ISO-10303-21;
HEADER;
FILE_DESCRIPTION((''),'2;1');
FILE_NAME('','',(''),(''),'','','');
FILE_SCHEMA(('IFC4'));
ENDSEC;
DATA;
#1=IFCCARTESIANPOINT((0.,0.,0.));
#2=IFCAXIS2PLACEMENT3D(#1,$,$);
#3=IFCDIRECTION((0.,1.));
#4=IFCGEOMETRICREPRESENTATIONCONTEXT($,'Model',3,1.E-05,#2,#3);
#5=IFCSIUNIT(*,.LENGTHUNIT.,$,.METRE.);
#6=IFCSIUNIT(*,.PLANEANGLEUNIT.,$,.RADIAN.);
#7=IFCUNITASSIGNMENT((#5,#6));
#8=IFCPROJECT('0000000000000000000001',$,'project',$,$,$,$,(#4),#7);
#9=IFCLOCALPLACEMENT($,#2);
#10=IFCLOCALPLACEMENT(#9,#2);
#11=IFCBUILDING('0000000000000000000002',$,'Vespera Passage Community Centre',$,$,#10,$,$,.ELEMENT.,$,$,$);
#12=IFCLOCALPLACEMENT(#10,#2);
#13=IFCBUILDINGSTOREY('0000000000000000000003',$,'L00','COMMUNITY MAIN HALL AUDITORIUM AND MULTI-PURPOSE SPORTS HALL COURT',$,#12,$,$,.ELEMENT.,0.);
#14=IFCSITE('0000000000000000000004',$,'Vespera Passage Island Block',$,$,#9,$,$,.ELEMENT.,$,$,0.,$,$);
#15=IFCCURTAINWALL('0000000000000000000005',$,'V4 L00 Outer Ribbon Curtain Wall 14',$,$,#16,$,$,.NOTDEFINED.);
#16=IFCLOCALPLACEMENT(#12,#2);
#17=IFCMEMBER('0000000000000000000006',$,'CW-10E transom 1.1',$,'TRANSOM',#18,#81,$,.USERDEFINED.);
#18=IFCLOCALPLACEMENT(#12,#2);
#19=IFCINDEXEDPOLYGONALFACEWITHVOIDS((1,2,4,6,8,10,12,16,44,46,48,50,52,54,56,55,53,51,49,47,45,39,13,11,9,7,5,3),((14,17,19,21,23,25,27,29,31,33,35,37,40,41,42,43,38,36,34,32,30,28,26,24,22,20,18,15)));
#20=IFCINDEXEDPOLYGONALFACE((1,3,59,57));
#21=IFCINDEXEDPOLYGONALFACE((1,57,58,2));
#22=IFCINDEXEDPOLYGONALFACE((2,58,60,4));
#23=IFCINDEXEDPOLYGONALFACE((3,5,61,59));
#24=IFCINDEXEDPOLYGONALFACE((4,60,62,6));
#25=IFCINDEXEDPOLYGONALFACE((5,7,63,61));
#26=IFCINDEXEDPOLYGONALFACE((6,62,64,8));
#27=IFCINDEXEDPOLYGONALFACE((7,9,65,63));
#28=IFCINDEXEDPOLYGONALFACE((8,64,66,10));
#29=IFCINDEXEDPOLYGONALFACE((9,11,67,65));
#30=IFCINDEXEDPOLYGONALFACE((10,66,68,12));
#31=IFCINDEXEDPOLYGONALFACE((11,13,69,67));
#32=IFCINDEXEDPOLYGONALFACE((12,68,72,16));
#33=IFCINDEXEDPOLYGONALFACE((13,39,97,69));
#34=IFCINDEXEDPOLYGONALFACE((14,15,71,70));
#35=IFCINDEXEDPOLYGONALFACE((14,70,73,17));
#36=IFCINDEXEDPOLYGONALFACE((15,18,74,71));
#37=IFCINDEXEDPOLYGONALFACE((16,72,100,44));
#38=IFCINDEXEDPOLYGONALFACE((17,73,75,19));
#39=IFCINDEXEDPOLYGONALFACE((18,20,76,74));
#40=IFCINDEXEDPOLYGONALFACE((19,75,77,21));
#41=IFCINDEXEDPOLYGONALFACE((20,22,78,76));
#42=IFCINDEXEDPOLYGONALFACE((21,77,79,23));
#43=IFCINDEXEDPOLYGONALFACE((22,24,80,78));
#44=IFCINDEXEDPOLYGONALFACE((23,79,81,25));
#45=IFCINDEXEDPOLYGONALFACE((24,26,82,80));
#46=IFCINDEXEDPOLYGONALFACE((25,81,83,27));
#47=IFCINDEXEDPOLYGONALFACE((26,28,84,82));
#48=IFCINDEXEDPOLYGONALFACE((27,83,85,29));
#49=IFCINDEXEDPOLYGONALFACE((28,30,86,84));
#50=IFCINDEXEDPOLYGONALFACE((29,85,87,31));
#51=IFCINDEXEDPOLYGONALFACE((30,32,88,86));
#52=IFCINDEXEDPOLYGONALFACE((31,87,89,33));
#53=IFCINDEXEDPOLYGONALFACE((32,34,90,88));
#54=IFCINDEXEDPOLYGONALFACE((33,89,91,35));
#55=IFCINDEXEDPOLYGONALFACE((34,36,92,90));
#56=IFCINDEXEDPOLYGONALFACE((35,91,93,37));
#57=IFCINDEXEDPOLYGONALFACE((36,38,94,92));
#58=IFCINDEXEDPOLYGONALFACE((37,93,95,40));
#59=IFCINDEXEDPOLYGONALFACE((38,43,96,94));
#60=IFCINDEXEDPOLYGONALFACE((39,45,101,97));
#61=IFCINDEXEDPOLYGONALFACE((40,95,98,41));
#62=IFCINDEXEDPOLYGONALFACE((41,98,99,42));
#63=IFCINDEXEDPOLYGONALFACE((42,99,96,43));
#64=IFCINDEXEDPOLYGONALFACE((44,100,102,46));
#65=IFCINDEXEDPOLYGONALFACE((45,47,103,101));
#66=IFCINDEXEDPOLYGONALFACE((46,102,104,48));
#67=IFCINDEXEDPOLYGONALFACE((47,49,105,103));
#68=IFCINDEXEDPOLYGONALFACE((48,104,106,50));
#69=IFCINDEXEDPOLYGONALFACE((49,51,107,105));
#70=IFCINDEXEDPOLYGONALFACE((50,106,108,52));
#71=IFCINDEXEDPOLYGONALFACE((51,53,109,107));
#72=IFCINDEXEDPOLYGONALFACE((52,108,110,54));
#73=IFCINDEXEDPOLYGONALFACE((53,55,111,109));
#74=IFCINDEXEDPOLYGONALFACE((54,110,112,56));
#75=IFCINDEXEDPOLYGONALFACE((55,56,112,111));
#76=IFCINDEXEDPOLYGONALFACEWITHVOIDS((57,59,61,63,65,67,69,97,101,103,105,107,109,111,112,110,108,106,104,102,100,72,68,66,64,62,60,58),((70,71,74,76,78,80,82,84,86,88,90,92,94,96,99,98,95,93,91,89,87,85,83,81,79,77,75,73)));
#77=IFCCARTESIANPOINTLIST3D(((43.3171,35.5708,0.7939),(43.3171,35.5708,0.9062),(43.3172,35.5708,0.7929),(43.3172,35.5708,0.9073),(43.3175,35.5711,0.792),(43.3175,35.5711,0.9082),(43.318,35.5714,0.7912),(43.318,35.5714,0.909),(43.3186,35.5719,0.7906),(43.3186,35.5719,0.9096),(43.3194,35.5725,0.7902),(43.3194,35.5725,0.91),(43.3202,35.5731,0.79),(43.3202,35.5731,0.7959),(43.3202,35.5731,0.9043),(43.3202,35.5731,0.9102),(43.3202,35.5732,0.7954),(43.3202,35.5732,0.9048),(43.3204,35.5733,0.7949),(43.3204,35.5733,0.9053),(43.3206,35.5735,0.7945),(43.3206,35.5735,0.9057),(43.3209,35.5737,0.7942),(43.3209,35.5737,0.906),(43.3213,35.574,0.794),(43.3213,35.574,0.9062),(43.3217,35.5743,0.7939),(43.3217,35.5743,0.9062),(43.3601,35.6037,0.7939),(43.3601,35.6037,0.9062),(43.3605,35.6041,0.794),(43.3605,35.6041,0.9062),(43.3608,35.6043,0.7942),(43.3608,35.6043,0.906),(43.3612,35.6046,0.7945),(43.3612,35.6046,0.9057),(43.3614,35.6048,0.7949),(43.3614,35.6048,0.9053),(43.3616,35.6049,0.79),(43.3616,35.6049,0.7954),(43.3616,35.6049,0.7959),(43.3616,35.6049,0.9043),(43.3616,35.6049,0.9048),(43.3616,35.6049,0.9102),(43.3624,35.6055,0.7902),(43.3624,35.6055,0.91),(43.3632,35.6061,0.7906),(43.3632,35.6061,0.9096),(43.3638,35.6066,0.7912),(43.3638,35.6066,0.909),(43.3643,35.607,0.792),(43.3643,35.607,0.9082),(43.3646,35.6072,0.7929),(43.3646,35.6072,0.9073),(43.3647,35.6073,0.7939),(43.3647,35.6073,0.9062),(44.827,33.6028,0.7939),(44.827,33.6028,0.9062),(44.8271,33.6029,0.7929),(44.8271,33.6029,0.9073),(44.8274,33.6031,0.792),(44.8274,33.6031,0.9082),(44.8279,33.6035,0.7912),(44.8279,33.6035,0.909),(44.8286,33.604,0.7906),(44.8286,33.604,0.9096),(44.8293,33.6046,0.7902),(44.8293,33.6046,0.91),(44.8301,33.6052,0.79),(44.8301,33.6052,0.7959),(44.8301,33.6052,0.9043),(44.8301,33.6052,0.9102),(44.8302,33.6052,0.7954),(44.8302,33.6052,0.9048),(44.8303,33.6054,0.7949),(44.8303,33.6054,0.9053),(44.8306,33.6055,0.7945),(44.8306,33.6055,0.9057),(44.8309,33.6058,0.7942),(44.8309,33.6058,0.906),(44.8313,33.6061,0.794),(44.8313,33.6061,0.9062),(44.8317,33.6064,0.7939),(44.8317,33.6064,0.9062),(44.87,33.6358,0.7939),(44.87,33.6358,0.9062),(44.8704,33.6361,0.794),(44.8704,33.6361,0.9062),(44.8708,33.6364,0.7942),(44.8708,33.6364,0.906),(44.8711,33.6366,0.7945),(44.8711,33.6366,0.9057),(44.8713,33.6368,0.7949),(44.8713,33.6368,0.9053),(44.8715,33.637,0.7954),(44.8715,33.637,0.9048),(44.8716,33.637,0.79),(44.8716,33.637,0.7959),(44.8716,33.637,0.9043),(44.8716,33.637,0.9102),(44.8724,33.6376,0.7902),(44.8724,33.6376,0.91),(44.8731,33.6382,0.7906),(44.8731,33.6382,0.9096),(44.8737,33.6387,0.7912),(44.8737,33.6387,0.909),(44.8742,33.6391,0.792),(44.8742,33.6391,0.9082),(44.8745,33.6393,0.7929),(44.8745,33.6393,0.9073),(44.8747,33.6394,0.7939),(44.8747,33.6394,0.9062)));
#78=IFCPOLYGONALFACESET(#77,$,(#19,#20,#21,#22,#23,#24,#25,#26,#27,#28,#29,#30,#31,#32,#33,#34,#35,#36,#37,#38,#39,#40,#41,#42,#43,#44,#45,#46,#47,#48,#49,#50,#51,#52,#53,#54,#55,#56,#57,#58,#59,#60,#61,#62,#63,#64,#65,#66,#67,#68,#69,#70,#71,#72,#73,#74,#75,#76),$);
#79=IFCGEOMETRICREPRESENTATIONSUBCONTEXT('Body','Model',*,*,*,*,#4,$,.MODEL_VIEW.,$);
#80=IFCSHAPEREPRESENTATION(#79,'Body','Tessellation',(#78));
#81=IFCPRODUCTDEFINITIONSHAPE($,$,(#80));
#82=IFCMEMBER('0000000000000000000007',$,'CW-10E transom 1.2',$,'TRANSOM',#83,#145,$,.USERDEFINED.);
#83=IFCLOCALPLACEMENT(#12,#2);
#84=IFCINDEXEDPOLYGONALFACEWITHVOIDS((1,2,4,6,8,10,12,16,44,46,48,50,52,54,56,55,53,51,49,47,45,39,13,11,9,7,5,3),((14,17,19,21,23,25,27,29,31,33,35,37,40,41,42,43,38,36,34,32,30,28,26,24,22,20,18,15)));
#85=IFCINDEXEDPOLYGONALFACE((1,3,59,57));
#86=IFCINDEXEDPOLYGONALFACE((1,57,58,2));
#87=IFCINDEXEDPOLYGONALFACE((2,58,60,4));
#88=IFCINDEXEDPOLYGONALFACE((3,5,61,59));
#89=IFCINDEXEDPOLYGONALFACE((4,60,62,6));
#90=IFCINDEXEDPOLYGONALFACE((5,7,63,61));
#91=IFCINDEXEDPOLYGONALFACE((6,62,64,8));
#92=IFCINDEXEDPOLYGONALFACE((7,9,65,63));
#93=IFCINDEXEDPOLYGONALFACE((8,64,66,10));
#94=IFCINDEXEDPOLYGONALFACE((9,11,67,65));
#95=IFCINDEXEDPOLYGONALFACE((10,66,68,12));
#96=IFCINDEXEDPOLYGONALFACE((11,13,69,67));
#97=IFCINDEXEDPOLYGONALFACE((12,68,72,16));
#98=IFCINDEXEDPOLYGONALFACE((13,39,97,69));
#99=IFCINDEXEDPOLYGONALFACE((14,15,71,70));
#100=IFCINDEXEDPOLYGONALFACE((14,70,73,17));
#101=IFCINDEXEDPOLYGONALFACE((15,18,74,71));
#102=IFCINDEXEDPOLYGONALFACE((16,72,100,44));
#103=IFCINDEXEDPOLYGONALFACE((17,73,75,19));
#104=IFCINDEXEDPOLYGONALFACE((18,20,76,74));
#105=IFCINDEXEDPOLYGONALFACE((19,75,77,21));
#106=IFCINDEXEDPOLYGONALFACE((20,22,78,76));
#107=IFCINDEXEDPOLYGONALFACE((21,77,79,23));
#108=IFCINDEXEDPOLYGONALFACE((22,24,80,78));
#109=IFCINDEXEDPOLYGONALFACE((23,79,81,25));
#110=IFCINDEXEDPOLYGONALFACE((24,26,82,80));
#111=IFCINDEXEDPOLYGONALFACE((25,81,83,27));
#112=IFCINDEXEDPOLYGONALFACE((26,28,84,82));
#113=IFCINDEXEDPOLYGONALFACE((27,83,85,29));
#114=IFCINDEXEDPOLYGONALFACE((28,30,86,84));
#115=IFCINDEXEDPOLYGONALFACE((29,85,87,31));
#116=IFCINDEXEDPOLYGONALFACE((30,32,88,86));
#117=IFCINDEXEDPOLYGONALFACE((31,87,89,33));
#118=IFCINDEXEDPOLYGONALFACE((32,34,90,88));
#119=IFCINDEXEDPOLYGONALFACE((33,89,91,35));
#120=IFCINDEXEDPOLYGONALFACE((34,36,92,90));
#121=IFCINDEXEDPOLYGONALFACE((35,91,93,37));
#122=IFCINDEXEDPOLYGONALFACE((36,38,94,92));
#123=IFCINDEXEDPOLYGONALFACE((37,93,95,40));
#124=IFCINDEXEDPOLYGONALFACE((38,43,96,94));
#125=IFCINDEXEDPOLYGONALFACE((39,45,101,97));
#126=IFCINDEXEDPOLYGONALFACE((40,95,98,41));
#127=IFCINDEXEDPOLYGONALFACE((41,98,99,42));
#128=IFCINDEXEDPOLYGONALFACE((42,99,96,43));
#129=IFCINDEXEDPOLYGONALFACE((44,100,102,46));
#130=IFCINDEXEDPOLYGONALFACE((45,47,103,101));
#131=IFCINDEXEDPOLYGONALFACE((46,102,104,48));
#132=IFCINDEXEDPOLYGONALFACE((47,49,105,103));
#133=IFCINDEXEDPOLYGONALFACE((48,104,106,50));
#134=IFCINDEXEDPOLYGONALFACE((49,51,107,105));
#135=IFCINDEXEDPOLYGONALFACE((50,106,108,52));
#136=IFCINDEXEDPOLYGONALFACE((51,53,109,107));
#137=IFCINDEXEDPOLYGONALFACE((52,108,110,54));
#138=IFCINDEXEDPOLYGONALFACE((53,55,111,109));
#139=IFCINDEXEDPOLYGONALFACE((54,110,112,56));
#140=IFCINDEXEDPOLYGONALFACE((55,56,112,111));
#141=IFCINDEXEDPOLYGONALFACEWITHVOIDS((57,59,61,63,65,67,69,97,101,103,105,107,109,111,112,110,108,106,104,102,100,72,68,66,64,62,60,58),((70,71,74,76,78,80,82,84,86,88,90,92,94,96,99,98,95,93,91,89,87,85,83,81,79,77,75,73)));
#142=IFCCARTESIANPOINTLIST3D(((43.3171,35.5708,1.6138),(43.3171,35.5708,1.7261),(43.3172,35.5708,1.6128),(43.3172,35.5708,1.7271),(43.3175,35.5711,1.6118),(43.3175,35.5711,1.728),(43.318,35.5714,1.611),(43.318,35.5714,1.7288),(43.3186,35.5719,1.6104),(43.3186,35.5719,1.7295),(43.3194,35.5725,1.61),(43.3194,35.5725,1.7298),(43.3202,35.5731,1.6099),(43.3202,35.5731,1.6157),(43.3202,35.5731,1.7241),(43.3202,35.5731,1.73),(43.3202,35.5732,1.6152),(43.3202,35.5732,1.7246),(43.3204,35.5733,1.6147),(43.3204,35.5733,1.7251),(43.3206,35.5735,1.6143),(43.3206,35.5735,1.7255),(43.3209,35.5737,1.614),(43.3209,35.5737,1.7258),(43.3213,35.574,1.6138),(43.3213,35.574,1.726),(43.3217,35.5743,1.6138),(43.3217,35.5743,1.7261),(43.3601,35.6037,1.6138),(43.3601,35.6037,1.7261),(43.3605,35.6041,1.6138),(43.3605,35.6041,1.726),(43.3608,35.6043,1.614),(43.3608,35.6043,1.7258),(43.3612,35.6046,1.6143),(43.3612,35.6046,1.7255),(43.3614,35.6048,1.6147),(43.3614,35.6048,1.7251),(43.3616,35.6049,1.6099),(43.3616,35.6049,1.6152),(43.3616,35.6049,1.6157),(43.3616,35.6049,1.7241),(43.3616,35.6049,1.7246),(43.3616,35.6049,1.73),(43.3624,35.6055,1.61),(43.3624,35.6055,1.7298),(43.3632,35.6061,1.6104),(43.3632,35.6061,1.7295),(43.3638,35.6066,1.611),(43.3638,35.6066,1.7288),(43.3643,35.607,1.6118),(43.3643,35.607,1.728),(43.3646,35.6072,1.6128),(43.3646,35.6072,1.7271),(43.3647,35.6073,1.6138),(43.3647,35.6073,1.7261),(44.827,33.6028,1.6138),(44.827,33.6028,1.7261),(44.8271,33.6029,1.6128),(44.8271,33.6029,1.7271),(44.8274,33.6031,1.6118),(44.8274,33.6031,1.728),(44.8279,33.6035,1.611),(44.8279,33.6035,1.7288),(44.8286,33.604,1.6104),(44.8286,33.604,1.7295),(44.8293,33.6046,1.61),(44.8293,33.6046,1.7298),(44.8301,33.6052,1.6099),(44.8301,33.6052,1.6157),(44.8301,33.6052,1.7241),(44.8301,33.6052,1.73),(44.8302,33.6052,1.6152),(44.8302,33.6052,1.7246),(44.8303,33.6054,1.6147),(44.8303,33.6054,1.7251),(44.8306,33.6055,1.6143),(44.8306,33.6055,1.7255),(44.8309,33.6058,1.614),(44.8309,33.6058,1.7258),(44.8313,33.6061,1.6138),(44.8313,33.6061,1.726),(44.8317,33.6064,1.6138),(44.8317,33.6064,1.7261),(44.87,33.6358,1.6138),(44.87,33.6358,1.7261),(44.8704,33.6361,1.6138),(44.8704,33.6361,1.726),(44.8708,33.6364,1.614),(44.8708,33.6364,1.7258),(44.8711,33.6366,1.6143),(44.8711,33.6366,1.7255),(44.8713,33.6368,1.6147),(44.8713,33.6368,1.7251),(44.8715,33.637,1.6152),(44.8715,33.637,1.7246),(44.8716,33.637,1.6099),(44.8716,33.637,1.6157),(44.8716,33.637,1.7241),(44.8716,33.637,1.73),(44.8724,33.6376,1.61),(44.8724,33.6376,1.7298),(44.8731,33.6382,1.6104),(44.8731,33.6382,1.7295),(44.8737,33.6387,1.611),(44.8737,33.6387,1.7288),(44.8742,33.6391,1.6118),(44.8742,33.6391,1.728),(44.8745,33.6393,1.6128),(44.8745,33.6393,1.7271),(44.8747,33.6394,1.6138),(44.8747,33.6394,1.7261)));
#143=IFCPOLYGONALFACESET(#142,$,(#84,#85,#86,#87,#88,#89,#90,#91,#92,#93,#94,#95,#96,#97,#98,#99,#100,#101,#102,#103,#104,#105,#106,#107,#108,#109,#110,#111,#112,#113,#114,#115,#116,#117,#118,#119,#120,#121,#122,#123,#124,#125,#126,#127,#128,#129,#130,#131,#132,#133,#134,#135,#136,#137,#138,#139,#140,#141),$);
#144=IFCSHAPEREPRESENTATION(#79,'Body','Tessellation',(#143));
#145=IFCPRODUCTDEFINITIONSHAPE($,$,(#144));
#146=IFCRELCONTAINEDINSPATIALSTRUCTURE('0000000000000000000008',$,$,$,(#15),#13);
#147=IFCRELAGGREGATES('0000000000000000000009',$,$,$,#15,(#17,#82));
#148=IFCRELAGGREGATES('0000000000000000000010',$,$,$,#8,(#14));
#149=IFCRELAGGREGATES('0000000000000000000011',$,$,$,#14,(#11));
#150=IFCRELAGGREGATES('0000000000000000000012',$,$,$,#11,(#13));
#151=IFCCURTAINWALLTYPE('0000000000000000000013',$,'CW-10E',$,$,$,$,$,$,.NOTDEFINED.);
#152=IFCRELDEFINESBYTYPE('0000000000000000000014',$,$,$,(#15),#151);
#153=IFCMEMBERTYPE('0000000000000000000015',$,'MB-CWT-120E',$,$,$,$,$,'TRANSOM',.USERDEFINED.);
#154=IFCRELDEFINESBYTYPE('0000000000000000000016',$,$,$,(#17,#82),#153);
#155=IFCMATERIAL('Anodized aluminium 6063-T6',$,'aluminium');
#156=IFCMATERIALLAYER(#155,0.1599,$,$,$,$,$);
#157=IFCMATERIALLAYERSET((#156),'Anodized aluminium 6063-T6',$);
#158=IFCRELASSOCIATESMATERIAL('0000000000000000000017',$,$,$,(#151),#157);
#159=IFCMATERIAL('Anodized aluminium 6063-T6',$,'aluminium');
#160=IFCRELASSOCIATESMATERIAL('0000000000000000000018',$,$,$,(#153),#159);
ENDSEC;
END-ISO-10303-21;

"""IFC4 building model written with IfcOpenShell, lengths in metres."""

from ifc_helpers import new_model, si_unit, direction, frame, origin, origin_2d, place, context, subcontext, project, spatial, hollow_rectangle, extrude, material, layer, layer_set, material_profile, profile_set, type_object, element, aggregate, save


model = new_model("IFC4")

# Units and contexts
model_context = context("Model", 3, precision=1e-05, world=origin(), true_north=direction((0.0, 1.0)))
body_context = subcontext(model_context, "Body", "Model", "MODEL_VIEW")
ifc_project = project(units=[si_unit("LENGTHUNIT", "METRE"), si_unit("PLANEANGLEUNIT", "RADIAN")], contexts=[model_context])

# Site, building, storey
site_placement = place(None, origin())
site = spatial("IfcSite", under=ifc_project, at=site_placement, Name="Vespera Passage Island Block", CompositionType="ELEMENT", RefElevation=0.0)
building_placement = place(site_placement, origin())
building = spatial("IfcBuilding", under=site, at=building_placement, Name="Vespera Passage Community Centre", CompositionType="ELEMENT")
storey_placement = place(building_placement, origin())
storey = spatial("IfcBuildingStorey", under=building, at=storey_placement, Name="L00", Description="COMMUNITY MAIN HALL AUDITORIUM AND MULTI-PURPOSE SPORTS HALL COURT", CompositionType="ELEMENT", Elevation=0.0)

# Curtain wall, members
ifc_material_1 = material(Name="Anodized aluminium 6063-T6", Category="aluminium")
ifc_layer_1 = layer(ifc_material_1, 0.1599)
ifc_layer_set_1 = layer_set([ifc_layer_1], Name="Anodized aluminium 6063-T6")
curtain_wall_type = type_object("IfcCurtainWallType", Name="CW-10E", PredefinedType="NOTDEFINED", material=ifc_layer_set_1)
curtain_wall_placement = place(storey_placement, origin())
curtain_wall = element("IfcCurtainWall", 1, at=curtain_wall_placement, inside=storey, type_object=curtain_wall_type, Name="V4 L00 Outer Ribbon Curtain Wall 14", PredefinedType="NOTDEFINED")
ifc_material_2 = material(Name="Anodized aluminium 6063-T6", Category="aluminium")
ifc_material_profile_1 = material_profile(ifc_material_2, hollow_rectangle(XDim=0.0601, YDim=0.1201, WallThickness=0.0039, InnerFilletRadius=0.002, OuterFilletRadius=0.0039, at=origin_2d()), Name="ALU120X60X4")
ifc_profile_set_1 = profile_set([ifc_material_profile_1], Name="Anodized aluminium 6063-T6")
member_type_1 = type_object("IfcMemberType", Name="MB-CWT-120E", ElementType="TRANSOM", PredefinedType="USERDEFINED", material=ifc_profile_set_1)
member_1_placement = place(storey_placement, frame((44.8508, 33.6211, 0.8501), z_axis=(-0.608735, 0.793373, 0.0), x_axis=(-0.793373, -0.608735, 0.0)))
member_1 = element("IfcMember", 2, at=member_1_placement, type_object=member_type_1, Name="CW-10E transom 1.1", ObjectType="TRANSOM", PredefinedType="USERDEFINED", context=body_context, shape_type="SweptSolid", body=[
    extrude(hollow_rectangle(XDim=0.0601, YDim=0.1201, WallThickness=0.0039, InnerFilletRadius=0.002, OuterFilletRadius=0.0039, at=origin_2d()), origin(), (0.0, 0.0, 1.0), 2.4805),
])
member_2_placement = place(storey_placement, frame((44.8508, 33.6211, 1.6699), z_axis=(-0.608735, 0.793373, 0.0), x_axis=(-0.793373, -0.608735, 0.0)))
member_2 = element("IfcMember", 3, at=member_2_placement, type_object=member_type_1, Name="CW-10E transom 1.2", ObjectType="TRANSOM", PredefinedType="USERDEFINED", context=body_context, shape_type="SweptSolid", body=[
    extrude(hollow_rectangle(XDim=0.0601, YDim=0.1201, WallThickness=0.0039, InnerFilletRadius=0.002, OuterFilletRadius=0.0039, at=origin_2d()), origin(), (0.0, 0.0, 1.0), 2.4805),
])
aggregate(curtain_wall, [member_1, member_2])

save(model, "model.ifc")
